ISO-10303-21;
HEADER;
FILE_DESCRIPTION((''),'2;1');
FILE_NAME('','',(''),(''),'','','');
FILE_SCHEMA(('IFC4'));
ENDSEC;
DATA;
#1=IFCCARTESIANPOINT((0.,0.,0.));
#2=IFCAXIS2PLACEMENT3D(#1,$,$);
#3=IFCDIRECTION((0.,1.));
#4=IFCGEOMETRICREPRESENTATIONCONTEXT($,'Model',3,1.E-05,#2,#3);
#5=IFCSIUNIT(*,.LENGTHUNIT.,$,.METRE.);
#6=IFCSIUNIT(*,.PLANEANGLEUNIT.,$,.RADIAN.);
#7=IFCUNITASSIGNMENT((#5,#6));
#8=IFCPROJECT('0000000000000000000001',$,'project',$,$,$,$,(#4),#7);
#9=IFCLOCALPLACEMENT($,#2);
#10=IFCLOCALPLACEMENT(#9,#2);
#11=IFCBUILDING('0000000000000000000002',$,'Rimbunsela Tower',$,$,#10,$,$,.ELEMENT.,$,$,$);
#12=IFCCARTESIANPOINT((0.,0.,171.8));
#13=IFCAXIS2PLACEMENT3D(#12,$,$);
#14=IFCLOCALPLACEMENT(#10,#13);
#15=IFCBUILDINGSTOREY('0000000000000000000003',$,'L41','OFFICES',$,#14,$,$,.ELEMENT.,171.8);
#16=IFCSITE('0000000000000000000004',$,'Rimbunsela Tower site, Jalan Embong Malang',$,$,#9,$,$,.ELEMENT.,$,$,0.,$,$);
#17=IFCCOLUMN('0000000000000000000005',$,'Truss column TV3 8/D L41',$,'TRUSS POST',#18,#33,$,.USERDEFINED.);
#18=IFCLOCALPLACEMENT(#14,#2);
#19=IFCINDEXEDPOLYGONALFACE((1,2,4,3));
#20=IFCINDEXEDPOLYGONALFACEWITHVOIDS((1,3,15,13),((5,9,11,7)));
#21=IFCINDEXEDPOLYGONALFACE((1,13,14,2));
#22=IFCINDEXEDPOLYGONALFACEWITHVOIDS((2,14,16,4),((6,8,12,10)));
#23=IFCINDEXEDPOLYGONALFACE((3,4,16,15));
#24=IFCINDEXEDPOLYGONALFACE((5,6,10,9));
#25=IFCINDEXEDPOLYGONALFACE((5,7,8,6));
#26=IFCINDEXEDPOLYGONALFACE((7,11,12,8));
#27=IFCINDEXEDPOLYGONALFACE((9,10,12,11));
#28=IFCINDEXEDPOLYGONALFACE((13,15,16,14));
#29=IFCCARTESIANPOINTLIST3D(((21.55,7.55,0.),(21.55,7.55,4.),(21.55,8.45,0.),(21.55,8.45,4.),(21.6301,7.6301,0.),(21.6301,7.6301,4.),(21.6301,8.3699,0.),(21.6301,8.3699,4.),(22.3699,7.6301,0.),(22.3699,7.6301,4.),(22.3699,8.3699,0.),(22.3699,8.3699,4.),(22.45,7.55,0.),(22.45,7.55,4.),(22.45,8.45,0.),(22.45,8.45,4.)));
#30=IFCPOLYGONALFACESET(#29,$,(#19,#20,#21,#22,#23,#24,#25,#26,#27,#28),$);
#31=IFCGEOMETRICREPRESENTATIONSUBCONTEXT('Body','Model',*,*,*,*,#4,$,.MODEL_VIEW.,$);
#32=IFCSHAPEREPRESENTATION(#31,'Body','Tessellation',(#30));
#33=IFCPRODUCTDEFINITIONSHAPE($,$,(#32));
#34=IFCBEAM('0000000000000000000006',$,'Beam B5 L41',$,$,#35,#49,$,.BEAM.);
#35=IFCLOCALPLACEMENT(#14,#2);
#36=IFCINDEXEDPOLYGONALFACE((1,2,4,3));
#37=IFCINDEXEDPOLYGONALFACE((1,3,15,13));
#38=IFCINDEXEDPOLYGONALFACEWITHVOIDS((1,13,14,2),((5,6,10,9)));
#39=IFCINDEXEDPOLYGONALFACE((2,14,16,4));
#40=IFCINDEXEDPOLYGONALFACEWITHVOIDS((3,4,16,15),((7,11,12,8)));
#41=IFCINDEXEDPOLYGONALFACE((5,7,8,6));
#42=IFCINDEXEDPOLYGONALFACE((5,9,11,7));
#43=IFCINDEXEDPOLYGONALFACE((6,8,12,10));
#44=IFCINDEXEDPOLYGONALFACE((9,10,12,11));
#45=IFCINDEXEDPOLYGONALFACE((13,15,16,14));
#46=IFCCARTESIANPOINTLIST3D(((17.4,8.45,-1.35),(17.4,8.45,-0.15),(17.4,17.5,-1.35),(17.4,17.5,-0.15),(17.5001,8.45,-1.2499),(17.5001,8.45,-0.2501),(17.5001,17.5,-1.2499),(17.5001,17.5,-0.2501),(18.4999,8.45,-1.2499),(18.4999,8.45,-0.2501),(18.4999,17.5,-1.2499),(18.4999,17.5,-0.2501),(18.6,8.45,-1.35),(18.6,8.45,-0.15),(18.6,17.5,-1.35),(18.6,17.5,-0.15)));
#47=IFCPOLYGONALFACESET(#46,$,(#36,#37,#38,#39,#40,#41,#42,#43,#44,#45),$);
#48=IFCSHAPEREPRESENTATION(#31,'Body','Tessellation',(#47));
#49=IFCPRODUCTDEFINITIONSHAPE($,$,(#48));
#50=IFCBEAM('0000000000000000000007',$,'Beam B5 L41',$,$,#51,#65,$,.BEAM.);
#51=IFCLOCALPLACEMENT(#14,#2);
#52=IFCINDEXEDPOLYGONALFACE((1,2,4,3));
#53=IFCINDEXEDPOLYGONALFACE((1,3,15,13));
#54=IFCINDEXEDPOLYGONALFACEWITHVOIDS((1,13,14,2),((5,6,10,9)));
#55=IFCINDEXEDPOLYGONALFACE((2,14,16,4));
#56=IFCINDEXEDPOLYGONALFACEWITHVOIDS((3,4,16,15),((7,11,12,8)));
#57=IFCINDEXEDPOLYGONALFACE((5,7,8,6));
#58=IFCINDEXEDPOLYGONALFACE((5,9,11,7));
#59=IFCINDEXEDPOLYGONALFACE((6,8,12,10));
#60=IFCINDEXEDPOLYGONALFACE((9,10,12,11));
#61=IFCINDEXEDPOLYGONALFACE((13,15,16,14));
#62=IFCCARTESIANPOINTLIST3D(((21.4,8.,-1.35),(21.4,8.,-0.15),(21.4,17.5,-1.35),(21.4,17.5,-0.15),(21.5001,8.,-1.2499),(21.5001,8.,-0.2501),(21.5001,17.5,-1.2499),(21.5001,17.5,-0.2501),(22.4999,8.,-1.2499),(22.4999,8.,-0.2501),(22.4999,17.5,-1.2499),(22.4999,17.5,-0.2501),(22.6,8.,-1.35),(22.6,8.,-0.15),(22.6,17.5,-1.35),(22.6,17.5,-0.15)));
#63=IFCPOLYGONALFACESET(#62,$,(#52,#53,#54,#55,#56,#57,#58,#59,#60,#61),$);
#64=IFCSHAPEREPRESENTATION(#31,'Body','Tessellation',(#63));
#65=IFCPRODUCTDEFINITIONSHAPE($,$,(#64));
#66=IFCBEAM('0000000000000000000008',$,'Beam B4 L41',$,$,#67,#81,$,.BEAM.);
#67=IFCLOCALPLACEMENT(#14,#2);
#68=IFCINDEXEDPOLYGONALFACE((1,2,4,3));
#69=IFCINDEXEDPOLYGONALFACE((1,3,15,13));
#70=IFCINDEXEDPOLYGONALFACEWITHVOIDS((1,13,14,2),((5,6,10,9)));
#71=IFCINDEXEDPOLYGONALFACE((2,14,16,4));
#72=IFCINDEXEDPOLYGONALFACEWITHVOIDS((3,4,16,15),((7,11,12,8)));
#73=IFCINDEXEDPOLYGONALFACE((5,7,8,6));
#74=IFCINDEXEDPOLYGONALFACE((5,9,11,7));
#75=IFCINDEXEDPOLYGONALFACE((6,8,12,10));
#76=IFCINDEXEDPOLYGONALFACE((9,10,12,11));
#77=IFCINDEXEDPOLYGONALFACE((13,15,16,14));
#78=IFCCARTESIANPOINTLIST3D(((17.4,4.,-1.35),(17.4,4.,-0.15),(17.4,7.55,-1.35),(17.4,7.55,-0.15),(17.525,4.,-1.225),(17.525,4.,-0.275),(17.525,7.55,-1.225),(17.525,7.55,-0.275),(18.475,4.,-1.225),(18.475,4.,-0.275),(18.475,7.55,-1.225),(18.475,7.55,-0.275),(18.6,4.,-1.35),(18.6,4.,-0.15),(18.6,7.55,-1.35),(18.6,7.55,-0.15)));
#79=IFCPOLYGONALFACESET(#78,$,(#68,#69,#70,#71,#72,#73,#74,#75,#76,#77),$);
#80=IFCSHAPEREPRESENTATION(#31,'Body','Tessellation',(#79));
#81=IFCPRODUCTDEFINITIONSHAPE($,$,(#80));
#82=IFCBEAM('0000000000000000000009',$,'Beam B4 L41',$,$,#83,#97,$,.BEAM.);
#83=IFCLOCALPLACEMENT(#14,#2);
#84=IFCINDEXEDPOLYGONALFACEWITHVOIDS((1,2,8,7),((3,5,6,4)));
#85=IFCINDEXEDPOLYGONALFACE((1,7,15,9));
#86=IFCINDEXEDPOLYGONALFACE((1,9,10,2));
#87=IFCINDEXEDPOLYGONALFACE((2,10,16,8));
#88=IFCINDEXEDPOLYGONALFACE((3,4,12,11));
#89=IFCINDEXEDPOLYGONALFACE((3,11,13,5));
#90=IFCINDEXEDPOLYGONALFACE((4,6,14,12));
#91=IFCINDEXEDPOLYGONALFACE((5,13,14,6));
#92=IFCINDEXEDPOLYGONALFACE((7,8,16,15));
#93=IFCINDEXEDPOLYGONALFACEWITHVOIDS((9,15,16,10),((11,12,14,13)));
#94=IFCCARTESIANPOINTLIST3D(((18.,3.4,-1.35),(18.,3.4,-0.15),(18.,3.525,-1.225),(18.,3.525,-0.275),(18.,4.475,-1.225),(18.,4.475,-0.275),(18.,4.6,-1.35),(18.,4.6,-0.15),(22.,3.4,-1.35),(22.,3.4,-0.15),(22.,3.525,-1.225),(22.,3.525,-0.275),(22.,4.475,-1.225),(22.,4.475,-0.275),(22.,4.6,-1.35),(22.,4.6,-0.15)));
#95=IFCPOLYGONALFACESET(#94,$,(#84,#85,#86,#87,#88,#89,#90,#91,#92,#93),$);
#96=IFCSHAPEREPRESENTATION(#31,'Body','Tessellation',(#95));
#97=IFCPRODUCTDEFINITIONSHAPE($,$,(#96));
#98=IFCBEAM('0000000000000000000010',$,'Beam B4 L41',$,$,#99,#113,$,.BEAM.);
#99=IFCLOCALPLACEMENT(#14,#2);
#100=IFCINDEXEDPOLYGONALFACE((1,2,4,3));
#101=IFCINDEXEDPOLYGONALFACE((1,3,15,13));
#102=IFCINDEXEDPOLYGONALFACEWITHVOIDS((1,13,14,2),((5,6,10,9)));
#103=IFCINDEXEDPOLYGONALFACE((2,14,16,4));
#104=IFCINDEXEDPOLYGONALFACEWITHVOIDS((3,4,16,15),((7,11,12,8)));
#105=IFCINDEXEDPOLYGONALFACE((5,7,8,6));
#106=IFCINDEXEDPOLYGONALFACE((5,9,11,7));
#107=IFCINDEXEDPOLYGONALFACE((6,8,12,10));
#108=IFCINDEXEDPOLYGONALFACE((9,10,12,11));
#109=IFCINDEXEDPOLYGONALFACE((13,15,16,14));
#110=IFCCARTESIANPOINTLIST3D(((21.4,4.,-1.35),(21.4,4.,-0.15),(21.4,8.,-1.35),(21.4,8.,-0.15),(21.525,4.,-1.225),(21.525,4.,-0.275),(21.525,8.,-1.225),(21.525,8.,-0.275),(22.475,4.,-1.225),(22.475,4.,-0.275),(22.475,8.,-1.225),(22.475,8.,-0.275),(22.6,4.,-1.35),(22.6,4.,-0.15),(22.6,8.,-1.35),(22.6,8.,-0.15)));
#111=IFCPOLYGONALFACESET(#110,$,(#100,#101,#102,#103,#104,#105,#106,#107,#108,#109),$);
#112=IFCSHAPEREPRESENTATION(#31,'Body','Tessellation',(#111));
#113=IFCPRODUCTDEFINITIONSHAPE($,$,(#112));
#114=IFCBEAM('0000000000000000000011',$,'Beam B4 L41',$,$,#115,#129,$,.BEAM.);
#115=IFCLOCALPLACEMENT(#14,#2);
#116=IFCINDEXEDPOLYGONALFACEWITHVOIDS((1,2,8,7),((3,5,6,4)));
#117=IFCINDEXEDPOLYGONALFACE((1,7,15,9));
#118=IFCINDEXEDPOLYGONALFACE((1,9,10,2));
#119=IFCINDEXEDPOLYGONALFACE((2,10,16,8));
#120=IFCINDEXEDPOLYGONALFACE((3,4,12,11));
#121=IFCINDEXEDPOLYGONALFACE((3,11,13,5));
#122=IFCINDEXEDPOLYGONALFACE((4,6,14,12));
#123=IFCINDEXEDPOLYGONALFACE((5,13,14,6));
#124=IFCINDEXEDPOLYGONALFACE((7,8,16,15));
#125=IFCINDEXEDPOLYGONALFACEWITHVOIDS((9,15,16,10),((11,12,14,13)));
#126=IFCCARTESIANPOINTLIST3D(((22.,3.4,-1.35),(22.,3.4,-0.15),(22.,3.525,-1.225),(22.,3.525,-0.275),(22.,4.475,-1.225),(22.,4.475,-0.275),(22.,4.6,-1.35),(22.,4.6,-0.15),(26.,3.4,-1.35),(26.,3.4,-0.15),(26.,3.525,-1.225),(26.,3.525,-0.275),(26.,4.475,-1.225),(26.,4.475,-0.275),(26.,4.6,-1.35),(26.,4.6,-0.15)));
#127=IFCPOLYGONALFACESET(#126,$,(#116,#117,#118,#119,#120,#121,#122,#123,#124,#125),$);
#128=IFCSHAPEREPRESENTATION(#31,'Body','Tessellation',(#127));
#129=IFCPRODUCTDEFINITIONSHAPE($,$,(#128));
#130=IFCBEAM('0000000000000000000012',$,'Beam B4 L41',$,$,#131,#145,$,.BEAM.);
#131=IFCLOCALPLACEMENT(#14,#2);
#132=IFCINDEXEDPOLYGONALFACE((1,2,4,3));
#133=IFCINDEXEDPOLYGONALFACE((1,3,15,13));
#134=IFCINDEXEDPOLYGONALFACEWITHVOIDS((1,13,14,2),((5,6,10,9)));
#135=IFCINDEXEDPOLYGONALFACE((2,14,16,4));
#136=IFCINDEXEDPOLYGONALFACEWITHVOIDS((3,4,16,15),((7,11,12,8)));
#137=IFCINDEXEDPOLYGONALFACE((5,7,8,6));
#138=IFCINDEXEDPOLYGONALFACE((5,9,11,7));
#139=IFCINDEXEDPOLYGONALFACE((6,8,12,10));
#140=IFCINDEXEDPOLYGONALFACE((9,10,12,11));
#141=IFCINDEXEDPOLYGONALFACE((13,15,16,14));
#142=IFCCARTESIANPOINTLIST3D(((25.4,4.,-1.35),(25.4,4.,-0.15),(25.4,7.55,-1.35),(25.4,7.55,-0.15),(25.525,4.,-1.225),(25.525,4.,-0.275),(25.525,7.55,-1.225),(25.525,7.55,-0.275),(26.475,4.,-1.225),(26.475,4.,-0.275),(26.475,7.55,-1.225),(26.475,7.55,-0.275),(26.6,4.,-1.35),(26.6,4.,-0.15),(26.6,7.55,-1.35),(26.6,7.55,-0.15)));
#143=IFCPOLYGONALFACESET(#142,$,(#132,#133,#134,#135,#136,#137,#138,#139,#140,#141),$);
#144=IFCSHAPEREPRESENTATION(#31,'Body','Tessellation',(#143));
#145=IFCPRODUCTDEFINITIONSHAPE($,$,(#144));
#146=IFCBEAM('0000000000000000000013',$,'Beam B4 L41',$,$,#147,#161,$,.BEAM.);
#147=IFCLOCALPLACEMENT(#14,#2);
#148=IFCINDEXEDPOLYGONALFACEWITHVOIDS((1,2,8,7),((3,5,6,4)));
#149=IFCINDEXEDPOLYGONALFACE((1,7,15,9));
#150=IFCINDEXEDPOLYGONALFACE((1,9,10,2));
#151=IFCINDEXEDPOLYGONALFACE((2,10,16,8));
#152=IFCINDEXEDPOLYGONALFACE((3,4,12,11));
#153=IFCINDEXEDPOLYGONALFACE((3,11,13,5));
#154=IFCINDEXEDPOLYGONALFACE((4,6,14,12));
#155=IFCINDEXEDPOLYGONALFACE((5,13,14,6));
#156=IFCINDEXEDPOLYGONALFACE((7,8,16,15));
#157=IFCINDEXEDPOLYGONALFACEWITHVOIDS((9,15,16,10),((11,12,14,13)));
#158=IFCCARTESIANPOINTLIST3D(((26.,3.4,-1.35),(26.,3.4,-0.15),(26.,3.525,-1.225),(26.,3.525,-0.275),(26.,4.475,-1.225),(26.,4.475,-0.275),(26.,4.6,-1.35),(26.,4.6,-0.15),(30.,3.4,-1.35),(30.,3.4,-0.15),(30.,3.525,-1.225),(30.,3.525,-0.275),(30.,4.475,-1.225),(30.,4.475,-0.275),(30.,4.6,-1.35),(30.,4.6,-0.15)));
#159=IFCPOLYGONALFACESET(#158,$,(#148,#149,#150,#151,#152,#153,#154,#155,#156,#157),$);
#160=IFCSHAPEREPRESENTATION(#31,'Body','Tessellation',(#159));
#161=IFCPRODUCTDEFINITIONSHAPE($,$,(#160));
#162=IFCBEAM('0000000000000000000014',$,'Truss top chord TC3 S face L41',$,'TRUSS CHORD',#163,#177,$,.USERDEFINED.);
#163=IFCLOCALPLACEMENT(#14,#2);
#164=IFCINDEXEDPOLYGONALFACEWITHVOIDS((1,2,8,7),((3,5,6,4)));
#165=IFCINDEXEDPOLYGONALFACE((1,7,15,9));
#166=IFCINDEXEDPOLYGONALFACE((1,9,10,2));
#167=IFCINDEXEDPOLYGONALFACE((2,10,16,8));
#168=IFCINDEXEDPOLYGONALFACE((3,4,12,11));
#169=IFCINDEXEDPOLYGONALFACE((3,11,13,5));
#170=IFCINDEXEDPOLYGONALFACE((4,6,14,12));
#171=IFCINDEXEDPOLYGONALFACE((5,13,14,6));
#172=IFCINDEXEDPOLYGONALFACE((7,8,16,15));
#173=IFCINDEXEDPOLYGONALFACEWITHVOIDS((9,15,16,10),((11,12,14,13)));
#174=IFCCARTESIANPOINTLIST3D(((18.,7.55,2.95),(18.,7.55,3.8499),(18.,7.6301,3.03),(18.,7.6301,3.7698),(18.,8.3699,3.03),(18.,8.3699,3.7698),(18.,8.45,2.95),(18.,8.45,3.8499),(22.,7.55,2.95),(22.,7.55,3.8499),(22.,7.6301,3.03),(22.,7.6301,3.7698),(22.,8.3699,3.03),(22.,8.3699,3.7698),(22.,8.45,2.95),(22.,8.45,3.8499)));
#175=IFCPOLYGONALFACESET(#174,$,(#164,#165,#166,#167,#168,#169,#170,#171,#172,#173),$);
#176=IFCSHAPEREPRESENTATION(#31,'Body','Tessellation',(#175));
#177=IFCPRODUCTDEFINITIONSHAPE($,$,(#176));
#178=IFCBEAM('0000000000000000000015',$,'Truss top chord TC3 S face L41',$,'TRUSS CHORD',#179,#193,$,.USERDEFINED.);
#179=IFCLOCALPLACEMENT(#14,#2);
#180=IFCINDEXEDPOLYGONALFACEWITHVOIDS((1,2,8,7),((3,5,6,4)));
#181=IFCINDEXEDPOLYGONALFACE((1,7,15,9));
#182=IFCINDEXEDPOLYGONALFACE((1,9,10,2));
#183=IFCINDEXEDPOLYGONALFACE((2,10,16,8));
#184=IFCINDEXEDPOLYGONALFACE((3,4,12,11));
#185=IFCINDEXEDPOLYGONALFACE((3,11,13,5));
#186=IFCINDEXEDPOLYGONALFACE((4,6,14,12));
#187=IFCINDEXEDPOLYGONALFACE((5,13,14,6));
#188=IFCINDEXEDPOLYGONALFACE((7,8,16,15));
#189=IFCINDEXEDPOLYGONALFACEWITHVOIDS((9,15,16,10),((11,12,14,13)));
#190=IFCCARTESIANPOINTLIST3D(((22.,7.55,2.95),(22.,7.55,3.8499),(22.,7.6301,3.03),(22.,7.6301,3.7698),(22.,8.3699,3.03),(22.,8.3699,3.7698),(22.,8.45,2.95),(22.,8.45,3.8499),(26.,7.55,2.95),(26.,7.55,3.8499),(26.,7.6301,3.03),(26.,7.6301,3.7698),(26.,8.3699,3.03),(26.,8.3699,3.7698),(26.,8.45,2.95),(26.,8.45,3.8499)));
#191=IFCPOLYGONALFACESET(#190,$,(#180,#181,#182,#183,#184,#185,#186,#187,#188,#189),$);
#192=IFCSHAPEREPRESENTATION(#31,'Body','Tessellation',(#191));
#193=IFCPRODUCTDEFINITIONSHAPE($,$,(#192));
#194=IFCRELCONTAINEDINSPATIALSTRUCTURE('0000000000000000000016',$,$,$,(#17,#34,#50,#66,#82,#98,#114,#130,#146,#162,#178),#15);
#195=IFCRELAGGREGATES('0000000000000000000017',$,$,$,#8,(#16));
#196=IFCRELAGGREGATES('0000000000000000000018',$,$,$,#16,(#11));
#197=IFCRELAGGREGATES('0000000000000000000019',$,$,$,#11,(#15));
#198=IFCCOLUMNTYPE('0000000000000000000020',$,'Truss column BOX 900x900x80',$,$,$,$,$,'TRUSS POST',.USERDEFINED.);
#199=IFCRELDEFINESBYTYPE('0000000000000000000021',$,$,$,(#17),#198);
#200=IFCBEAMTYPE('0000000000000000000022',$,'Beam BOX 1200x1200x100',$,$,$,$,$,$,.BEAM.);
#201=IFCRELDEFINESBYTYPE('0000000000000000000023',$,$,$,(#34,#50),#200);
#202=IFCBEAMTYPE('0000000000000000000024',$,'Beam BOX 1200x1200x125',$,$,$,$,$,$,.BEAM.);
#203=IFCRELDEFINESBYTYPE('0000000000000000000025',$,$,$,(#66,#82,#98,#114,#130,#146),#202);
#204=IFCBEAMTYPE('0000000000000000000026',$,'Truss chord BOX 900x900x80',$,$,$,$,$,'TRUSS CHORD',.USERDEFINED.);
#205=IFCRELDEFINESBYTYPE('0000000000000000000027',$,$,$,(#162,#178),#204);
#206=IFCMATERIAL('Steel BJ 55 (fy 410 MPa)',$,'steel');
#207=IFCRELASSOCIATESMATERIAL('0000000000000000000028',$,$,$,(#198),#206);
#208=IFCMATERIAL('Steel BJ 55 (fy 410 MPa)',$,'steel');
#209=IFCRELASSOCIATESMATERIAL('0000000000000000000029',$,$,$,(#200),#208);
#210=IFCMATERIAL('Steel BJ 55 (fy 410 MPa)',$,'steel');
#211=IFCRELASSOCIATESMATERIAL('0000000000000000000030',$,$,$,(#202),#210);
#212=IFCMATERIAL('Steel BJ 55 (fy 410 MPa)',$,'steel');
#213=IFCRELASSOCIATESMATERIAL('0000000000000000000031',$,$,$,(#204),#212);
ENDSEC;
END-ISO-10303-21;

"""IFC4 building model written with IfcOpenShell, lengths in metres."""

from ifc_helpers import new_model, si_unit, direction, frame, origin, origin_2d, place, context, subcontext, project, spatial, hollow_rectangle, extrude, material, material_profile, profile_set, type_object, element, save


model = new_model("IFC4")

# Units and contexts
model_context = context("Model", 3, precision=1e-05, world=origin(), true_north=direction((0.0, 1.0)))
body_context = subcontext(model_context, "Body", "Model", "MODEL_VIEW")
ifc_project = project(units=[si_unit("LENGTHUNIT", "METRE"), si_unit("PLANEANGLEUNIT", "RADIAN")], contexts=[model_context])

# Site, building, storey
site_placement = place(None, origin())
site = spatial("IfcSite", under=ifc_project, at=site_placement, Name="Rimbunsela Tower site, Jalan Embong Malang", CompositionType="ELEMENT", RefElevation=0.0)
building_placement = place(site_placement, origin())
building = spatial("IfcBuilding", under=site, at=building_placement, Name="Rimbunsela Tower", CompositionType="ELEMENT")
storey_placement = place(building_placement, frame((0.0, 0.0, 171.8)))
storey = spatial("IfcBuildingStorey", under=building, at=storey_placement, Name="L41", Description="OFFICES", CompositionType="ELEMENT", Elevation=171.8)

# Column
ifc_material_1 = material(Name="Steel BJ 55 (fy 410 MPa)", Category="steel")
ifc_material_profile_1 = material_profile(ifc_material_1, hollow_rectangle(XDim=0.8999, YDim=0.8999, WallThickness=0.0801, at=origin_2d()), Name="BOX 900x900x80")
ifc_profile_set_1 = profile_set([ifc_material_profile_1], Name="Steel BJ 55 (fy 410 MPa)")
column_type = type_object("IfcColumnType", Name="Truss column BOX 900x900x80", ElementType="TRUSS POST", PredefinedType="USERDEFINED", material=ifc_profile_set_1)
column_placement = place(storey_placement, frame((22.0, 8.0, 0.0), z_axis=(0.0, 0.0, 1.0), x_axis=(1.0, 0.0, 0.0)))
element("IfcColumn", 1, at=column_placement, inside=storey, type_object=column_type, Name="Truss column TV3 8/D L41", ObjectType="TRUSS POST", PredefinedType="USERDEFINED", context=body_context, shape_type="SweptSolid", body=[
    extrude(hollow_rectangle(XDim=0.8999, YDim=0.8999, WallThickness=0.0801, at=origin_2d()), origin(), (0.0, 0.0, 1.0), 4.0),
])

# Beams
ifc_material_2 = material(Name="Steel BJ 55 (fy 410 MPa)", Category="steel")
ifc_material_profile_2 = material_profile(ifc_material_2, hollow_rectangle(XDim=1.2, YDim=1.2, WallThickness=0.1001, at=origin_2d()), Name="BOX 1200x1200x100")
ifc_profile_set_2 = profile_set([ifc_material_profile_2], Name="Steel BJ 55 (fy 410 MPa)")
beam_type_1 = type_object("IfcBeamType", Name="Beam BOX 1200x1200x100", PredefinedType="BEAM", material=ifc_profile_set_2)
beam_1_placement = place(storey_placement, frame((18.0, 8.45, -0.75), z_axis=(0.0, 1.0, 0.0), x_axis=(-1.0, 0.0, 0.0)))
element("IfcBeam", 2, at=beam_1_placement, inside=storey, type_object=beam_type_1, Name="Beam B5 L41", PredefinedType="BEAM", context=body_context, shape_type="SweptSolid", body=[
    extrude(hollow_rectangle(XDim=1.2, YDim=1.2, WallThickness=0.1001, at=origin_2d()), origin(), (0.0, 0.0, 1.0), 9.05),
])
beam_2_placement = place(storey_placement, frame((22.0, 8.0, -0.75), z_axis=(0.0, 1.0, 0.0), x_axis=(-1.0, 0.0, 0.0)))
element("IfcBeam", 3, at=beam_2_placement, inside=storey, type_object=beam_type_1, Name="Beam B5 L41", PredefinedType="BEAM", context=body_context, shape_type="SweptSolid", body=[
    extrude(hollow_rectangle(XDim=1.2, YDim=1.2, WallThickness=0.1001, at=origin_2d()), origin(), (0.0, 0.0, 1.0), 9.5),
])
ifc_material_3 = material(Name="Steel BJ 55 (fy 410 MPa)", Category="steel")
ifc_material_profile_3 = material_profile(ifc_material_3, hollow_rectangle(XDim=1.2, YDim=1.2, WallThickness=0.125, at=origin_2d()), Name="BOX 1200x1200x125")
ifc_profile_set_3 = profile_set([ifc_material_profile_3], Name="Steel BJ 55 (fy 410 MPa)")
beam_type_2 = type_object("IfcBeamType", Name="Beam BOX 1200x1200x125", PredefinedType="BEAM", material=ifc_profile_set_3)
beam_3_placement = place(storey_placement, frame((18.0, 4.0, -0.75), z_axis=(0.0, 1.0, 0.0), x_axis=(-1.0, 0.0, 0.0)))
element("IfcBeam", 4, at=beam_3_placement, inside=storey, type_object=beam_type_2, Name="Beam B4 L41", PredefinedType="BEAM", context=body_context, shape_type="SweptSolid", body=[
    extrude(hollow_rectangle(XDim=1.2, YDim=1.2, WallThickness=0.125, at=origin_2d()), origin(), (0.0, 0.0, 1.0), 3.55),
])
for number, where, z_axis, x_axis, name in (
    (5, (18.0, 4.0, -0.75), (1.0, 0.0, 0.0), (0.0, 1.0, 0.0), "Beam B4 L41"),
    (6, (22.0, 4.0, -0.75), (0.0, 1.0, 0.0), (-1.0, 0.0, 0.0), "Beam B4 L41"),
    (7, (22.0, 4.0, -0.75), (1.0, 0.0, 0.0), (0.0, 1.0, 0.0), "Beam B4 L41"),
):
    element("IfcBeam", number, at=place(storey_placement, frame(where, z_axis=z_axis, x_axis=x_axis)), inside=storey, type_object=beam_type_2, Name=name, PredefinedType="BEAM", context=body_context, shape_type="SweptSolid", body=[
        extrude(hollow_rectangle(XDim=1.2, YDim=1.2, WallThickness=0.125, at=origin_2d()), origin(), (0.0, 0.0, 1.0), 4.0),
    ])
beam_4_placement = place(storey_placement, frame((26.0, 4.0, -0.75), z_axis=(0.0, 1.0, 0.0), x_axis=(-1.0, 0.0, 0.0)))
element("IfcBeam", 8, at=beam_4_placement, inside=storey, type_object=beam_type_2, Name="Beam B4 L41", PredefinedType="BEAM", context=body_context, shape_type="SweptSolid", body=[
    extrude(hollow_rectangle(XDim=1.2, YDim=1.2, WallThickness=0.125, at=origin_2d()), origin(), (0.0, 0.0, 1.0), 3.55),
])
beam_5_placement = place(storey_placement, frame((26.0, 4.0, -0.75), z_axis=(1.0, 0.0, 0.0), x_axis=(0.0, 1.0, 0.0)))
element("IfcBeam", 9, at=beam_5_placement, inside=storey, type_object=beam_type_2, Name="Beam B4 L41", PredefinedType="BEAM", context=body_context, shape_type="SweptSolid", body=[
    extrude(hollow_rectangle(XDim=1.2, YDim=1.2, WallThickness=0.125, at=origin_2d()), origin(), (0.0, 0.0, 1.0), 4.0),
])
ifc_material_4 = material(Name="Steel BJ 55 (fy 410 MPa)", Category="steel")
ifc_material_profile_4 = material_profile(ifc_material_4, hollow_rectangle(XDim=0.8999, YDim=0.8999, WallThickness=0.0801, at=origin_2d()), Name="BOX 900x900x80")
ifc_profile_set_4 = profile_set([ifc_material_profile_4], Name="Steel BJ 55 (fy 410 MPa)")
beam_type_3 = type_object("IfcBeamType", Name="Truss chord BOX 900x900x80", ElementType="TRUSS CHORD", PredefinedType="USERDEFINED", material=ifc_profile_set_4)
for number, where, z_axis, x_axis, name in (
    (10, (18.0, 8.0, 3.3999), (1.0, 0.0, 0.0), (0.0, 1.0, 0.0), "Truss top chord TC3 S face L41"),
    (11, (22.0, 8.0, 3.3999), (1.0, 0.0, 0.0), (0.0, 1.0, 0.0), "Truss top chord TC3 S face L41"),
):
    element("IfcBeam", number, at=place(storey_placement, frame(where, z_axis=z_axis, x_axis=x_axis)), inside=storey, type_object=beam_type_3, Name=name, ObjectType="TRUSS CHORD", PredefinedType="USERDEFINED", context=body_context, shape_type="SweptSolid", body=[
        extrude(hollow_rectangle(XDim=0.8999, YDim=0.8999, WallThickness=0.0801, at=origin_2d()), origin(), (0.0, 0.0, 1.0), 4.0),
    ])

save(model, "model.ifc")
